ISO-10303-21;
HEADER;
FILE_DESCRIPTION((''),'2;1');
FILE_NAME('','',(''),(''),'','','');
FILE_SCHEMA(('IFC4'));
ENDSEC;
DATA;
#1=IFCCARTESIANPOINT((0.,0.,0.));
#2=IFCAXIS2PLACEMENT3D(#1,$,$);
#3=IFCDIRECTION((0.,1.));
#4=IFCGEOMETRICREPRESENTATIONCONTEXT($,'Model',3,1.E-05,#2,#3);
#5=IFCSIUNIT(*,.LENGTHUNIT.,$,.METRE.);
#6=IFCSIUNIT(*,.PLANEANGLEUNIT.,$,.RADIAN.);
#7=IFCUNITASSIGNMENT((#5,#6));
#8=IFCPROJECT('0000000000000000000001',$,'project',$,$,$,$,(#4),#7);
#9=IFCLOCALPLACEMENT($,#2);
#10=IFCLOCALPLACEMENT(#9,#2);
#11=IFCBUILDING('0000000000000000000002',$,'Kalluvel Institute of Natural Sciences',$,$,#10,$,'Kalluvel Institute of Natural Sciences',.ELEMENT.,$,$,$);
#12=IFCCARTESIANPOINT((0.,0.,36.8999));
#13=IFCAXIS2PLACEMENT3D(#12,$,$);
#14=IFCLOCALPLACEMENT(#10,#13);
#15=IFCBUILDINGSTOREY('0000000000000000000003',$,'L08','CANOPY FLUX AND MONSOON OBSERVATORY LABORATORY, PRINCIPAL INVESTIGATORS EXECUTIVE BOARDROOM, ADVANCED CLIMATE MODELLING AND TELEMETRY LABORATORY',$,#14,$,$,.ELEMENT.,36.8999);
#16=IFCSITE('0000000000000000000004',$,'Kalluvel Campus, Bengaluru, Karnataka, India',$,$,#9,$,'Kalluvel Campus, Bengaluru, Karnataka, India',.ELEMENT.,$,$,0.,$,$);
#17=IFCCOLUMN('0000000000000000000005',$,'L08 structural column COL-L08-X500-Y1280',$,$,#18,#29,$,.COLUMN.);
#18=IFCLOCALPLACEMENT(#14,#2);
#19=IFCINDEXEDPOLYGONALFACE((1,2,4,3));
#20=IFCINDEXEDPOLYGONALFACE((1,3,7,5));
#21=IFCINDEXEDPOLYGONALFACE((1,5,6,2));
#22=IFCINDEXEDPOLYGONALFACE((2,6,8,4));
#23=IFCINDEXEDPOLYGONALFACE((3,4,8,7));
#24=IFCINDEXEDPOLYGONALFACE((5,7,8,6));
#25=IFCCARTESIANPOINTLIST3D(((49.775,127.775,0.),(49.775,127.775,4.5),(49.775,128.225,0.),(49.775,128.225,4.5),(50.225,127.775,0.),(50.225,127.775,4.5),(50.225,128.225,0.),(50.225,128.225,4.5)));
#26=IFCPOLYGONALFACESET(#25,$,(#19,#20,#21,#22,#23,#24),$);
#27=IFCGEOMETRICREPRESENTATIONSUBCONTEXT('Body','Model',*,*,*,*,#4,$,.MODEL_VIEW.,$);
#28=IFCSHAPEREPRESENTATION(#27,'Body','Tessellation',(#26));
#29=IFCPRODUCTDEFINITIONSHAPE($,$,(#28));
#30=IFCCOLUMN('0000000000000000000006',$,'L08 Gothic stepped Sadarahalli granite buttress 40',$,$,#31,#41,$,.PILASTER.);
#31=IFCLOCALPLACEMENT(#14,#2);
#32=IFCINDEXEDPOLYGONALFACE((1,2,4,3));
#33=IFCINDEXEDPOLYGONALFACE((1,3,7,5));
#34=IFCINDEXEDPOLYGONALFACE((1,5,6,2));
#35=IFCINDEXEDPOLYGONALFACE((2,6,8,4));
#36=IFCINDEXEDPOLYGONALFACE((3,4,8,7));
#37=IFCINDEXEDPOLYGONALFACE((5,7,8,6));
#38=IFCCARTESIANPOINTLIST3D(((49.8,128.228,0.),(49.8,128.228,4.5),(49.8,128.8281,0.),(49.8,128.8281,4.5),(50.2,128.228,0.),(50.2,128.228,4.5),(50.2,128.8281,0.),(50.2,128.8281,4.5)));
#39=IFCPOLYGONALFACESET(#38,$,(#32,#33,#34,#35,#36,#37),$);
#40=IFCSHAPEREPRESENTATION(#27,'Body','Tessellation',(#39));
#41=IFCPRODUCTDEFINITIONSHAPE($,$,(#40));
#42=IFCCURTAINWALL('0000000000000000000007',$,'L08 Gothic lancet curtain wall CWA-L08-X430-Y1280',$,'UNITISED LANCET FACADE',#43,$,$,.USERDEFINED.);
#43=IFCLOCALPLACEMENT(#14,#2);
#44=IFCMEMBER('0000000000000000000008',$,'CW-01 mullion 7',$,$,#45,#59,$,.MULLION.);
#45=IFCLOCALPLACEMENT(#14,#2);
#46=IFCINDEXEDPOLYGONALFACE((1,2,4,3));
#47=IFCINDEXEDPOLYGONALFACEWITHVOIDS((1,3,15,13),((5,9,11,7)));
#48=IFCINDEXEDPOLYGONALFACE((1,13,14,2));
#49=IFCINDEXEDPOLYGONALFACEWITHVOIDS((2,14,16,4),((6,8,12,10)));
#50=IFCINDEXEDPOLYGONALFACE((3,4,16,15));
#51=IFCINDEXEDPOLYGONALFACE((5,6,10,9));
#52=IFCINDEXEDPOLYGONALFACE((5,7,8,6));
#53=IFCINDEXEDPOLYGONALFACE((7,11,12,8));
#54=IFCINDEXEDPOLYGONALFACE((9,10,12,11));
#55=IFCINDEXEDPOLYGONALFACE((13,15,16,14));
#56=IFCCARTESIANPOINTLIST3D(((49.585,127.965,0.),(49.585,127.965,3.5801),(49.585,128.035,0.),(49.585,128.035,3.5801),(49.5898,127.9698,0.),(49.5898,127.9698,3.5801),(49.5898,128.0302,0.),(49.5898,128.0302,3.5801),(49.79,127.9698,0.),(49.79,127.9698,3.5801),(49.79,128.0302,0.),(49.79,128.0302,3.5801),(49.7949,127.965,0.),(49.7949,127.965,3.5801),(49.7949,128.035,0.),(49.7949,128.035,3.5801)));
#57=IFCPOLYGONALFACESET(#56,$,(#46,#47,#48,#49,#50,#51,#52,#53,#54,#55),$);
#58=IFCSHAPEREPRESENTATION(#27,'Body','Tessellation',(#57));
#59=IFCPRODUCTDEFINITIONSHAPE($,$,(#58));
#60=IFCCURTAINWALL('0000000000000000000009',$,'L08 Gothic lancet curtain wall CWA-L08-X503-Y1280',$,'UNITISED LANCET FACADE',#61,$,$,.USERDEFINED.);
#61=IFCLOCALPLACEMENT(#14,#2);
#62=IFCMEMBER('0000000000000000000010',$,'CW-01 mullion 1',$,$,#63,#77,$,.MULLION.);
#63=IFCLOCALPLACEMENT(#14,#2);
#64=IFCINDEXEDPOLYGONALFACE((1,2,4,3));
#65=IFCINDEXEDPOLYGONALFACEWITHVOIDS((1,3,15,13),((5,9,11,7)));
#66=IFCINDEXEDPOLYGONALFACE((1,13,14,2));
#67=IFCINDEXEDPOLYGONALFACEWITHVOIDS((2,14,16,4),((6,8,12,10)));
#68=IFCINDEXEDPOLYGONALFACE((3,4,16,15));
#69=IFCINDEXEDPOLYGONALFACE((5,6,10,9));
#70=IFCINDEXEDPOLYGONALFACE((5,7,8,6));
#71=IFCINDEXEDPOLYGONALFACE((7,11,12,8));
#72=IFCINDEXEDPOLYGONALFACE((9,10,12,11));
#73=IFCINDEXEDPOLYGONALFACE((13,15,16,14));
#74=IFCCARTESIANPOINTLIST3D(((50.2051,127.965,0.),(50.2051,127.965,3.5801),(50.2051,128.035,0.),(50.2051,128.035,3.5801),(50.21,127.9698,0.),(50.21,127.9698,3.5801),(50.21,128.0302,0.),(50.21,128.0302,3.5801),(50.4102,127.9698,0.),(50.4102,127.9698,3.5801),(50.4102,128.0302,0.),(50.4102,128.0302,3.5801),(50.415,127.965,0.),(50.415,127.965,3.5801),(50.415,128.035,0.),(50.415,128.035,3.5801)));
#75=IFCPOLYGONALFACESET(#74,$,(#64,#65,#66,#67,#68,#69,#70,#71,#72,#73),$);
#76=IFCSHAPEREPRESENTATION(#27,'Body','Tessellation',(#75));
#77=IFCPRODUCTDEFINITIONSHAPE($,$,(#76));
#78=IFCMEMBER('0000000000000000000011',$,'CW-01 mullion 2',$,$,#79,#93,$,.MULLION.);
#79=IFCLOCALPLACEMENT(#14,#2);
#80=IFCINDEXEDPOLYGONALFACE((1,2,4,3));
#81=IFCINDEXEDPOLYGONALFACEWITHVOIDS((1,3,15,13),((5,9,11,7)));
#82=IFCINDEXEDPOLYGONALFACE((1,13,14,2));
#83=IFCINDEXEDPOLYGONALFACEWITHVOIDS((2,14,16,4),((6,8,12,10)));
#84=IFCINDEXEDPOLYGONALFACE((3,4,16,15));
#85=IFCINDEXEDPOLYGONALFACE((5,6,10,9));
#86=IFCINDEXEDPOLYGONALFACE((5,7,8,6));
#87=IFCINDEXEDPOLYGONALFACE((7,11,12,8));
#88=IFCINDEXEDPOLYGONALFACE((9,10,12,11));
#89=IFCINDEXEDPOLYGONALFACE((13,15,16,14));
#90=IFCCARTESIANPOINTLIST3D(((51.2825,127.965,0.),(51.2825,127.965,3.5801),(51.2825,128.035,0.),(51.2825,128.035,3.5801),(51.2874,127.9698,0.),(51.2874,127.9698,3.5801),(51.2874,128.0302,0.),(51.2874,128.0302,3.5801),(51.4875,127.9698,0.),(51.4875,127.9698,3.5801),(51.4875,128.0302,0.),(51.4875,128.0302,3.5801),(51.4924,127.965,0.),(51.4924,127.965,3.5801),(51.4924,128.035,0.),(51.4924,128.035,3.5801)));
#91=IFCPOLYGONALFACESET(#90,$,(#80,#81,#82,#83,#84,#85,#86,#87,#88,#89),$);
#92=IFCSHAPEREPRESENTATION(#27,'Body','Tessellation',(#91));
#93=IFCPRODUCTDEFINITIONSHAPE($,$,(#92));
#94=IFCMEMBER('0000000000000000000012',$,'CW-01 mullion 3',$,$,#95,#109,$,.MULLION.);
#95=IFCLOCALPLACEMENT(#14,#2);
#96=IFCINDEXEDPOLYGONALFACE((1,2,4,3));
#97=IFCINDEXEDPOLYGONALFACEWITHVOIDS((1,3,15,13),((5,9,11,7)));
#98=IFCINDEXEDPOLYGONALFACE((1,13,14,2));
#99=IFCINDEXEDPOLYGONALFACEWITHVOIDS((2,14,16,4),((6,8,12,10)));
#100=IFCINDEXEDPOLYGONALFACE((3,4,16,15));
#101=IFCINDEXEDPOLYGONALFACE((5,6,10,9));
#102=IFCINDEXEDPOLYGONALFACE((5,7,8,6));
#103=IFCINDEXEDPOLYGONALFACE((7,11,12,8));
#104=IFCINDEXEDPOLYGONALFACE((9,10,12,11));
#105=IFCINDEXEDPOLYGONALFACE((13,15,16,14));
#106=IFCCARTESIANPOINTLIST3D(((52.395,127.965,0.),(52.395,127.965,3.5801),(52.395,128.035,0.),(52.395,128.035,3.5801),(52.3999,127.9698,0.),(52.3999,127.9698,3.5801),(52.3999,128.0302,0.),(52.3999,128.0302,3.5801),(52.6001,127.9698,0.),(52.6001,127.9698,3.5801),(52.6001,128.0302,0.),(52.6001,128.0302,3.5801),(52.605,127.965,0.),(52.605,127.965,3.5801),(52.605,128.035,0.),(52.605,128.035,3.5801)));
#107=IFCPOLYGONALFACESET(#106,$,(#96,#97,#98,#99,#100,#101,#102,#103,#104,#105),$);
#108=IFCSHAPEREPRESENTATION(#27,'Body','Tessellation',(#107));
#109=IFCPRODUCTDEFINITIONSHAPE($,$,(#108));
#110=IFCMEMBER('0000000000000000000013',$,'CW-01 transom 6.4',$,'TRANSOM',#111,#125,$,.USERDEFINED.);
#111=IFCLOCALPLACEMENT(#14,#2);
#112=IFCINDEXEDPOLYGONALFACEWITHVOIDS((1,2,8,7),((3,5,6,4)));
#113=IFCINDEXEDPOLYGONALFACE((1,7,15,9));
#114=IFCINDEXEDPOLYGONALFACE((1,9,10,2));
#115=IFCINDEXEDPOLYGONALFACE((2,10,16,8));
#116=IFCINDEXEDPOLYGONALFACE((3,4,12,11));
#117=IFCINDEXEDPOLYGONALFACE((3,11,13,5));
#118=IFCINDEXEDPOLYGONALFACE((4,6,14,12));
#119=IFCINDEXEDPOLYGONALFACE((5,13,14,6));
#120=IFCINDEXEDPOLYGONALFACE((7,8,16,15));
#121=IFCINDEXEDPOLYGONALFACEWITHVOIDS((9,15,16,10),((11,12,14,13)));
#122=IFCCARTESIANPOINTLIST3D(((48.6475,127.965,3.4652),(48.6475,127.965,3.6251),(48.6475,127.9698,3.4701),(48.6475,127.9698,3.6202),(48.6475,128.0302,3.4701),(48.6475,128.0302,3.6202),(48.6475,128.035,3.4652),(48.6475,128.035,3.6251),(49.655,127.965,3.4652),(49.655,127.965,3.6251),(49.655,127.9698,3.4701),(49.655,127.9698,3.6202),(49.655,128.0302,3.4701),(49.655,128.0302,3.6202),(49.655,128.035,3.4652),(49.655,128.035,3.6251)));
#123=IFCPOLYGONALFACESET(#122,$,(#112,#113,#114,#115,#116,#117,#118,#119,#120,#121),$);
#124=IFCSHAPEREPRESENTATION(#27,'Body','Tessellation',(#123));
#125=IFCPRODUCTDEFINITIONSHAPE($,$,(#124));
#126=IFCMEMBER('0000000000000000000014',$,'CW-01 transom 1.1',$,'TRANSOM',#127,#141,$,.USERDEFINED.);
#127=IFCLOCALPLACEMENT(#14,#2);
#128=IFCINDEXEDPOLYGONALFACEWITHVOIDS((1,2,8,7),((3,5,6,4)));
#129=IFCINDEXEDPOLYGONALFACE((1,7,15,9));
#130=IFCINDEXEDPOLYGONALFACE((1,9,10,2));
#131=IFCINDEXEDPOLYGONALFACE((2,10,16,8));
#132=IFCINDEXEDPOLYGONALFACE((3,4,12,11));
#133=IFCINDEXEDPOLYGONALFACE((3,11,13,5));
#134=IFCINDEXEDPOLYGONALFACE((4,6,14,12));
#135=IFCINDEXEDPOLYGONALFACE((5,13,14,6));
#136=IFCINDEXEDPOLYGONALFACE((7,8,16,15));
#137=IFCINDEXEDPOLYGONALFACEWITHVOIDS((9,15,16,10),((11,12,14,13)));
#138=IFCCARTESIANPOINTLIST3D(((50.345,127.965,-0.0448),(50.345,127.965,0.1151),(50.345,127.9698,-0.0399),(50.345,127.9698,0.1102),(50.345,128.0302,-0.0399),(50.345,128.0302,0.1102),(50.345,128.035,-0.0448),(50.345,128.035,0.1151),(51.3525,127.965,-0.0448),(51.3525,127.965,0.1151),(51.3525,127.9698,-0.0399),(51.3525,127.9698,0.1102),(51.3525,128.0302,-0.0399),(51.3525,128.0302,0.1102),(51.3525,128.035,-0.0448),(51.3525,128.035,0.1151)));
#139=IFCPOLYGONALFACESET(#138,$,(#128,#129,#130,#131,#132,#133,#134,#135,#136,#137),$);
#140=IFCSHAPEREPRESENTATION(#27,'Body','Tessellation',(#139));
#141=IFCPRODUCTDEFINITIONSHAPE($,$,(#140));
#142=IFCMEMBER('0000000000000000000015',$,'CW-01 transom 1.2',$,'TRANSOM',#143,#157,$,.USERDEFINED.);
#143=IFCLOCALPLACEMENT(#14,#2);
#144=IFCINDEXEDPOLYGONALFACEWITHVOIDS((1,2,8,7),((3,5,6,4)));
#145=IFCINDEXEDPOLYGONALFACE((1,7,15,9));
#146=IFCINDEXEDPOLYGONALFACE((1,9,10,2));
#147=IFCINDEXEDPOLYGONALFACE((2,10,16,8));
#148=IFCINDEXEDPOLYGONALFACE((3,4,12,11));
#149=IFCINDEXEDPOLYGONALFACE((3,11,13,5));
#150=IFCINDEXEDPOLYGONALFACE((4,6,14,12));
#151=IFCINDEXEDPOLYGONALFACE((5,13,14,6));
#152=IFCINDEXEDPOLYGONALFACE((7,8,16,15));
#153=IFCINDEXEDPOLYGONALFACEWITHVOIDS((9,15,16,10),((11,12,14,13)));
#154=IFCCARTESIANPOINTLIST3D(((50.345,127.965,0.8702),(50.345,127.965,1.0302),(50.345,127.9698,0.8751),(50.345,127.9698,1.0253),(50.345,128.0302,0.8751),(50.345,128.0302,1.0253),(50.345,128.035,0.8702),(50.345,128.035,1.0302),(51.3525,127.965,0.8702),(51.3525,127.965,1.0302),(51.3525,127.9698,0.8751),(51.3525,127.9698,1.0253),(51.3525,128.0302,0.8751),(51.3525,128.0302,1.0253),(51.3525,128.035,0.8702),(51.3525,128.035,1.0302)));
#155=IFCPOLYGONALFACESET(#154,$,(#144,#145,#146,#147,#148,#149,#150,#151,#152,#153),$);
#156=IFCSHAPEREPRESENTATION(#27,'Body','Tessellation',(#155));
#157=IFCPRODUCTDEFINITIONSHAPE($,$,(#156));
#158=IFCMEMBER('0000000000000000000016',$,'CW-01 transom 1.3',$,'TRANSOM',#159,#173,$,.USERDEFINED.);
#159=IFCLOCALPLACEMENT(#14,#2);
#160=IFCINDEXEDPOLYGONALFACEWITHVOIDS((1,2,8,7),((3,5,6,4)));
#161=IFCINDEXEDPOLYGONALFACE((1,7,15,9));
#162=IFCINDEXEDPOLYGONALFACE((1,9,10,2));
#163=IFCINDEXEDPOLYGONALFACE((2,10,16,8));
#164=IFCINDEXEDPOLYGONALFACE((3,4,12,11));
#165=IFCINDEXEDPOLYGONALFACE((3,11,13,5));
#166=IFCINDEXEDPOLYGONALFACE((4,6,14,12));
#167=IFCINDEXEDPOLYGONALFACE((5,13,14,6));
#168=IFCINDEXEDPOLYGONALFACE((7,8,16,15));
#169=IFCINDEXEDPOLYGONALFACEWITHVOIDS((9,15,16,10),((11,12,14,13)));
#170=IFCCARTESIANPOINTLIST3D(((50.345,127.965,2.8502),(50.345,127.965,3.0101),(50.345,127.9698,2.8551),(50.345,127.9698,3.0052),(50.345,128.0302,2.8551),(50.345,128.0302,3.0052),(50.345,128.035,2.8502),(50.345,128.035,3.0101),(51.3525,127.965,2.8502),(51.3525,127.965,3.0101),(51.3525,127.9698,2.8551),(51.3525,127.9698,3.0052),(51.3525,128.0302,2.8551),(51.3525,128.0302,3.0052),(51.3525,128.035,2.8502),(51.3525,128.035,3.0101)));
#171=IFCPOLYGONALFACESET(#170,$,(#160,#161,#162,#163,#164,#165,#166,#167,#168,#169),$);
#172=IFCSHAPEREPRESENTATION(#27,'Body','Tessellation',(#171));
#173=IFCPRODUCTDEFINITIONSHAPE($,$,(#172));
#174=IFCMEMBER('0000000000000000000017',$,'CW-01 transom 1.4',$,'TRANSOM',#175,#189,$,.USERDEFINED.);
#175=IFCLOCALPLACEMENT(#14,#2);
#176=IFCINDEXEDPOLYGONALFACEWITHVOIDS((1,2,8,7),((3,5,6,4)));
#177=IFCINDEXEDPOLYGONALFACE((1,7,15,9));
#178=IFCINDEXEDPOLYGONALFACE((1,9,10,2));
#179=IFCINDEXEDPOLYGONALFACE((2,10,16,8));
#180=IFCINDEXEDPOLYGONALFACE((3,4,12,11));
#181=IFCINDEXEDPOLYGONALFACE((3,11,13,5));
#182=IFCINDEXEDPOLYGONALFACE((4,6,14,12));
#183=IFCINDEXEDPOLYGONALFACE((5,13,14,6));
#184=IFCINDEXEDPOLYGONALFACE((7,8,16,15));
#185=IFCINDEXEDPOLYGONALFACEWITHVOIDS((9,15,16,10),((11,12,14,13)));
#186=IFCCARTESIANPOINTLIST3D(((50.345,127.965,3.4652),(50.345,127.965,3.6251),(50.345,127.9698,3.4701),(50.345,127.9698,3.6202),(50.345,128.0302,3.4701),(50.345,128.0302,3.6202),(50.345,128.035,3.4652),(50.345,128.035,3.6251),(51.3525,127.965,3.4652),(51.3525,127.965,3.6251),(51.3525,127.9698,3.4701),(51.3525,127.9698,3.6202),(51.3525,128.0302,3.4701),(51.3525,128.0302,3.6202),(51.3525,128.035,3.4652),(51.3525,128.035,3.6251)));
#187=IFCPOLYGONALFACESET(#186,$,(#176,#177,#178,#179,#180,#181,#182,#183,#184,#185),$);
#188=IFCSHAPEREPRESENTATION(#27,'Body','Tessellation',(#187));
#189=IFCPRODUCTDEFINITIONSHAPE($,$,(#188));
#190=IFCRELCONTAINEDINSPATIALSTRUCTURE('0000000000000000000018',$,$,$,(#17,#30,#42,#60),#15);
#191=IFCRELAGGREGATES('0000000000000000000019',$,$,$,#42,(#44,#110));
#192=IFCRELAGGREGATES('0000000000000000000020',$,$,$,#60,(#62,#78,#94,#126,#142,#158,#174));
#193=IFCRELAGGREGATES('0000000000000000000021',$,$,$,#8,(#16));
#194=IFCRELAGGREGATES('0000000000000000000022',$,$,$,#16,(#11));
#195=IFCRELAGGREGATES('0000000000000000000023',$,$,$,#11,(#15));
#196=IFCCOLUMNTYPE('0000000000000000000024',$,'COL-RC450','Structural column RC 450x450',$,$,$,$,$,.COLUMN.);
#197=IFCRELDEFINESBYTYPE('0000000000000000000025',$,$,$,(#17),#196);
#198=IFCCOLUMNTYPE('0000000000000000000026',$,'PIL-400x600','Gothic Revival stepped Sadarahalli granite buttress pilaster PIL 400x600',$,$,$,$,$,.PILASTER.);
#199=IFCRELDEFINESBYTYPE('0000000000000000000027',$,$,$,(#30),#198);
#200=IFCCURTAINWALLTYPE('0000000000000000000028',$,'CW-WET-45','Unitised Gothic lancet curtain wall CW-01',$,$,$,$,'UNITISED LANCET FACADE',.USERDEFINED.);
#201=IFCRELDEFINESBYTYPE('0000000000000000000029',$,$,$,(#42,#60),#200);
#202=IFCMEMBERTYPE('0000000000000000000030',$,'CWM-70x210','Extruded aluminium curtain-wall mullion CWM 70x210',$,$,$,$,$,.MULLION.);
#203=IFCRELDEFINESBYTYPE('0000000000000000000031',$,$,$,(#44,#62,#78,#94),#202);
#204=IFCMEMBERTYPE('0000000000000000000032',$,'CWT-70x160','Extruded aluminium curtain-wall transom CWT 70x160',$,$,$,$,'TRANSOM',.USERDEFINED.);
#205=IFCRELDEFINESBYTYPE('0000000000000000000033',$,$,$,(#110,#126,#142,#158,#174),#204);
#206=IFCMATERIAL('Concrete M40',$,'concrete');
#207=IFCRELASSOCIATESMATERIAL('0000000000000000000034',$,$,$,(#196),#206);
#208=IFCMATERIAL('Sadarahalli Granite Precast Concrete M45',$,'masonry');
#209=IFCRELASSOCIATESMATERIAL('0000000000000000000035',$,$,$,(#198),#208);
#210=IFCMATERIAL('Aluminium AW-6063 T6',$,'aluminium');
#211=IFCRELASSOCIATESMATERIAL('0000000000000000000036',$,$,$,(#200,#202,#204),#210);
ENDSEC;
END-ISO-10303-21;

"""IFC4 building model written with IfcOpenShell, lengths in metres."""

from ifc_helpers import new_model, si_unit, direction, frame, origin, origin_2d, place, context, subcontext, project, spatial, rectangle, hollow_rectangle, extrude, material, material_profile, profile_set, type_object, element, aggregate, save


model = new_model("IFC4")

# Units and contexts
model_context = context("Model", 3, precision=1e-05, world=origin(), true_north=direction((0.0, 1.0)))
body_context = subcontext(model_context, "Body", "Model", "MODEL_VIEW")
ifc_project = project(units=[si_unit("LENGTHUNIT", "METRE"), si_unit("PLANEANGLEUNIT", "RADIAN")], contexts=[model_context])

# Site, building, storey
site_placement = place(None, origin())
site = spatial("IfcSite", under=ifc_project, at=site_placement, Name="Kalluvel Campus, Bengaluru, Karnataka, India", LongName="Kalluvel Campus, Bengaluru, Karnataka, India", CompositionType="ELEMENT", RefElevation=0.0)
building_placement = place(site_placement, origin())
building = spatial("IfcBuilding", under=site, at=building_placement, Name="Kalluvel Institute of Natural Sciences", LongName="Kalluvel Institute of Natural Sciences", CompositionType="ELEMENT")
storey_placement = place(building_placement, frame((0.0, 0.0, 36.8999)))
storey = spatial("IfcBuildingStorey", under=building, at=storey_placement, Name="L08", Description="CANOPY FLUX AND MONSOON OBSERVATORY LABORATORY, PRINCIPAL INVESTIGATORS EXECUTIVE BOARDROOM, ADVANCED CLIMATE MODELLING AND TELEMETRY LABORATORY", CompositionType="ELEMENT", Elevation=36.8999)

# Columns
ifc_material_1 = material(Name="Concrete M40", Category="concrete")
ifc_material_profile_1 = material_profile(ifc_material_1, rectangle(XDim=0.45, YDim=0.45, at=origin_2d()), Name="RC 450x450")
ifc_profile_set_1 = profile_set([ifc_material_profile_1], Name="Concrete M40")
column_type_1 = type_object("IfcColumnType", Name="COL-RC450", Description="Structural column RC 450x450", PredefinedType="COLUMN", material=ifc_profile_set_1)
column_1_placement = place(storey_placement, frame((50.0, 128.0, 0.0), z_axis=(0.0, 0.0, 1.0), x_axis=(1.0, 0.0, 0.0)))
element("IfcColumn", 1, at=column_1_placement, inside=storey, type_object=column_type_1, Name="L08 structural column COL-L08-X500-Y1280", PredefinedType="COLUMN", context=body_context, shape_type="SweptSolid", body=[
    extrude(rectangle(XDim=0.45, YDim=0.45, at=origin_2d()), origin(), (0.0, 0.0, 1.0), 4.5),
])
ifc_material_2 = material(Name="Sadarahalli Granite Precast Concrete M45", Category="masonry")
ifc_material_profile_2 = material_profile(ifc_material_2, rectangle(XDim=0.3999, YDim=0.6001, at=origin_2d()), Name="PIL 400x600")
ifc_profile_set_2 = profile_set([ifc_material_profile_2], Name="Sadarahalli Granite Precast Concrete M45")
column_type_2 = type_object("IfcColumnType", Name="PIL-400x600", Description="Gothic Revival stepped Sadarahalli granite buttress pilaster PIL 400x600", PredefinedType="PILASTER", material=ifc_profile_set_2)
column_2_placement = place(storey_placement, frame((50.0, 128.5281, 0.0), z_axis=(0.0, 0.0, 1.0), x_axis=(1.0, 0.0, 0.0)))
element("IfcColumn", 2, at=column_2_placement, inside=storey, type_object=column_type_2, Name="L08 Gothic stepped Sadarahalli granite buttress 40", PredefinedType="PILASTER", context=body_context, shape_type="SweptSolid", body=[
    extrude(rectangle(XDim=0.3999, YDim=0.6001, at=origin_2d()), origin(), (0.0, 0.0, 1.0), 4.5),
])

# Curtain wall, member
ifc_material_3 = material(Name="Aluminium AW-6063 T6", Category="aluminium")
curtain_wall_type = type_object("IfcCurtainWallType", Name="CW-WET-45", Description="Unitised Gothic lancet curtain wall CW-01", ElementType="UNITISED LANCET FACADE", PredefinedType="USERDEFINED", material=ifc_material_3)
curtain_wall_1_placement = place(storey_placement, origin())
curtain_wall_1 = element("IfcCurtainWall", 3, at=curtain_wall_1_placement, inside=storey, type_object=curtain_wall_type, Name="L08 Gothic lancet curtain wall CWA-L08-X430-Y1280", ObjectType="UNITISED LANCET FACADE", PredefinedType="USERDEFINED")
ifc_material_profile_3 = material_profile(ifc_material_3, hollow_rectangle(XDim=0.0701, YDim=0.21, WallThickness=0.0049, at=origin_2d()), Name="CWM 70x210")
ifc_profile_set_3 = profile_set([ifc_material_profile_3], Name="Aluminium AW-6063 T6")
member_type_1 = type_object("IfcMemberType", Name="CWM-70x210", Description="Extruded aluminium curtain-wall mullion CWM 70x210", PredefinedType="MULLION", material=ifc_profile_set_3)
member_1_placement = place(storey_placement, frame((49.6899, 128.0, 0.0), z_axis=(0.0, 0.0, 1.0), x_axis=(0.0, 1.0, 0.0)))
member_1 = element("IfcMember", 4, at=member_1_placement, type_object=member_type_1, Name="CW-01 mullion 7", PredefinedType="MULLION", context=body_context, shape_type="SweptSolid", body=[
    extrude(hollow_rectangle(XDim=0.0701, YDim=0.21, WallThickness=0.0049, at=origin_2d()), origin(), (0.0, 0.0, 1.0), 3.5801),
])

# Curtain wall, members
curtain_wall_2_placement = place(storey_placement, origin())
curtain_wall_2 = element("IfcCurtainWall", 5, at=curtain_wall_2_placement, inside=storey, type_object=curtain_wall_type, Name="L08 Gothic lancet curtain wall CWA-L08-X503-Y1280", ObjectType="UNITISED LANCET FACADE", PredefinedType="USERDEFINED")
member_2_placement = place(storey_placement, frame((50.3101, 128.0, 0.0), z_axis=(0.0, 0.0, 1.0), x_axis=(0.0, 1.0, 0.0)))
member_2 = element("IfcMember", 6, at=member_2_placement, type_object=member_type_1, Name="CW-01 mullion 1", PredefinedType="MULLION", context=body_context, shape_type="SweptSolid", body=[
    extrude(hollow_rectangle(XDim=0.0701, YDim=0.21, WallThickness=0.0049, at=origin_2d()), origin(), (0.0, 0.0, 1.0), 3.5801),
])
member_3_placement = place(storey_placement, frame((51.3875, 128.0, 0.0), z_axis=(0.0, 0.0, 1.0), x_axis=(0.0, 1.0, 0.0)))
member_3 = element("IfcMember", 7, at=member_3_placement, type_object=member_type_1, Name="CW-01 mullion 2", PredefinedType="MULLION", context=body_context, shape_type="SweptSolid", body=[
    extrude(hollow_rectangle(XDim=0.0701, YDim=0.21, WallThickness=0.0049, at=origin_2d()), origin(), (0.0, 0.0, 1.0), 3.5801),
])
member_4_placement = place(storey_placement, frame((52.5, 128.0, 0.0), z_axis=(0.0, 0.0, 1.0), x_axis=(0.0, 1.0, 0.0)))
member_4 = element("IfcMember", 8, at=member_4_placement, type_object=member_type_1, Name="CW-01 mullion 3", PredefinedType="MULLION", context=body_context, shape_type="SweptSolid", body=[
    extrude(hollow_rectangle(XDim=0.0701, YDim=0.21, WallThickness=0.0049, at=origin_2d()), origin(), (0.0, 0.0, 1.0), 3.5801),
])

# Members
ifc_material_profile_4 = material_profile(ifc_material_3, hollow_rectangle(XDim=0.0701, YDim=0.1599, WallThickness=0.0049, at=origin_2d()), Name="CWT 70x160")
ifc_profile_set_4 = profile_set([ifc_material_profile_4], Name="Aluminium AW-6063 T6")
member_type_2 = type_object("IfcMemberType", Name="CWT-70x160", Description="Extruded aluminium curtain-wall transom CWT 70x160", ElementType="TRANSOM", PredefinedType="USERDEFINED", material=ifc_profile_set_4)
member_5_placement = place(storey_placement, frame((48.6475, 128.0, 3.5452), z_axis=(1.0, 0.0, 0.0), x_axis=(0.0, 1.0, 0.0)))
member_5 = element("IfcMember", 9, at=member_5_placement, type_object=member_type_2, Name="CW-01 transom 6.4", ObjectType="TRANSOM", PredefinedType="USERDEFINED", context=body_context, shape_type="SweptSolid", body=[
    extrude(hollow_rectangle(XDim=0.0701, YDim=0.1599, WallThickness=0.0049, at=origin_2d()), origin(), (0.0, 0.0, 1.0), 1.0076),
])
member_6_placement = place(storey_placement, frame((50.345, 128.0, 0.0352), z_axis=(1.0, 0.0, 0.0), x_axis=(0.0, 1.0, 0.0)))
member_6 = element("IfcMember", 10, at=member_6_placement, type_object=member_type_2, Name="CW-01 transom 1.1", ObjectType="TRANSOM", PredefinedType="USERDEFINED", context=body_context, shape_type="SweptSolid", body=[
    extrude(hollow_rectangle(XDim=0.0701, YDim=0.1599, WallThickness=0.0049, at=origin_2d()), origin(), (0.0, 0.0, 1.0), 1.0076),
])
member_7_placement = place(storey_placement, frame((50.345, 128.0, 0.9502), z_axis=(1.0, 0.0, 0.0), x_axis=(0.0, 1.0, 0.0)))
member_7 = element("IfcMember", 11, at=member_7_placement, type_object=member_type_2, Name="CW-01 transom 1.2", ObjectType="TRANSOM", PredefinedType="USERDEFINED", context=body_context, shape_type="SweptSolid", body=[
    extrude(hollow_rectangle(XDim=0.0701, YDim=0.1599, WallThickness=0.0049, at=origin_2d()), origin(), (0.0, 0.0, 1.0), 1.0076),
])
member_8_placement = place(storey_placement, frame((50.345, 128.0, 2.9302), z_axis=(1.0, 0.0, 0.0), x_axis=(0.0, 1.0, 0.0)))
member_8 = element("IfcMember", 12, at=member_8_placement, type_object=member_type_2, Name="CW-01 transom 1.3", ObjectType="TRANSOM", PredefinedType="USERDEFINED", context=body_context, shape_type="SweptSolid", body=[
    extrude(hollow_rectangle(XDim=0.0701, YDim=0.1599, WallThickness=0.0049, at=origin_2d()), origin(), (0.0, 0.0, 1.0), 1.0076),
])
member_9_placement = place(storey_placement, frame((50.345, 128.0, 3.5452), z_axis=(1.0, 0.0, 0.0), x_axis=(0.0, 1.0, 0.0)))
member_9 = element("IfcMember", 13, at=member_9_placement, type_object=member_type_2, Name="CW-01 transom 1.4", ObjectType="TRANSOM", PredefinedType="USERDEFINED", context=body_context, shape_type="SweptSolid", body=[
    extrude(hollow_rectangle(XDim=0.0701, YDim=0.1599, WallThickness=0.0049, at=origin_2d()), origin(), (0.0, 0.0, 1.0), 1.0076),
])

aggregate(curtain_wall_1, [member_1, member_5])
aggregate(curtain_wall_2, [member_2, member_3, member_4, member_6, member_7, member_8, member_9])

save(model, "model.ifc")
